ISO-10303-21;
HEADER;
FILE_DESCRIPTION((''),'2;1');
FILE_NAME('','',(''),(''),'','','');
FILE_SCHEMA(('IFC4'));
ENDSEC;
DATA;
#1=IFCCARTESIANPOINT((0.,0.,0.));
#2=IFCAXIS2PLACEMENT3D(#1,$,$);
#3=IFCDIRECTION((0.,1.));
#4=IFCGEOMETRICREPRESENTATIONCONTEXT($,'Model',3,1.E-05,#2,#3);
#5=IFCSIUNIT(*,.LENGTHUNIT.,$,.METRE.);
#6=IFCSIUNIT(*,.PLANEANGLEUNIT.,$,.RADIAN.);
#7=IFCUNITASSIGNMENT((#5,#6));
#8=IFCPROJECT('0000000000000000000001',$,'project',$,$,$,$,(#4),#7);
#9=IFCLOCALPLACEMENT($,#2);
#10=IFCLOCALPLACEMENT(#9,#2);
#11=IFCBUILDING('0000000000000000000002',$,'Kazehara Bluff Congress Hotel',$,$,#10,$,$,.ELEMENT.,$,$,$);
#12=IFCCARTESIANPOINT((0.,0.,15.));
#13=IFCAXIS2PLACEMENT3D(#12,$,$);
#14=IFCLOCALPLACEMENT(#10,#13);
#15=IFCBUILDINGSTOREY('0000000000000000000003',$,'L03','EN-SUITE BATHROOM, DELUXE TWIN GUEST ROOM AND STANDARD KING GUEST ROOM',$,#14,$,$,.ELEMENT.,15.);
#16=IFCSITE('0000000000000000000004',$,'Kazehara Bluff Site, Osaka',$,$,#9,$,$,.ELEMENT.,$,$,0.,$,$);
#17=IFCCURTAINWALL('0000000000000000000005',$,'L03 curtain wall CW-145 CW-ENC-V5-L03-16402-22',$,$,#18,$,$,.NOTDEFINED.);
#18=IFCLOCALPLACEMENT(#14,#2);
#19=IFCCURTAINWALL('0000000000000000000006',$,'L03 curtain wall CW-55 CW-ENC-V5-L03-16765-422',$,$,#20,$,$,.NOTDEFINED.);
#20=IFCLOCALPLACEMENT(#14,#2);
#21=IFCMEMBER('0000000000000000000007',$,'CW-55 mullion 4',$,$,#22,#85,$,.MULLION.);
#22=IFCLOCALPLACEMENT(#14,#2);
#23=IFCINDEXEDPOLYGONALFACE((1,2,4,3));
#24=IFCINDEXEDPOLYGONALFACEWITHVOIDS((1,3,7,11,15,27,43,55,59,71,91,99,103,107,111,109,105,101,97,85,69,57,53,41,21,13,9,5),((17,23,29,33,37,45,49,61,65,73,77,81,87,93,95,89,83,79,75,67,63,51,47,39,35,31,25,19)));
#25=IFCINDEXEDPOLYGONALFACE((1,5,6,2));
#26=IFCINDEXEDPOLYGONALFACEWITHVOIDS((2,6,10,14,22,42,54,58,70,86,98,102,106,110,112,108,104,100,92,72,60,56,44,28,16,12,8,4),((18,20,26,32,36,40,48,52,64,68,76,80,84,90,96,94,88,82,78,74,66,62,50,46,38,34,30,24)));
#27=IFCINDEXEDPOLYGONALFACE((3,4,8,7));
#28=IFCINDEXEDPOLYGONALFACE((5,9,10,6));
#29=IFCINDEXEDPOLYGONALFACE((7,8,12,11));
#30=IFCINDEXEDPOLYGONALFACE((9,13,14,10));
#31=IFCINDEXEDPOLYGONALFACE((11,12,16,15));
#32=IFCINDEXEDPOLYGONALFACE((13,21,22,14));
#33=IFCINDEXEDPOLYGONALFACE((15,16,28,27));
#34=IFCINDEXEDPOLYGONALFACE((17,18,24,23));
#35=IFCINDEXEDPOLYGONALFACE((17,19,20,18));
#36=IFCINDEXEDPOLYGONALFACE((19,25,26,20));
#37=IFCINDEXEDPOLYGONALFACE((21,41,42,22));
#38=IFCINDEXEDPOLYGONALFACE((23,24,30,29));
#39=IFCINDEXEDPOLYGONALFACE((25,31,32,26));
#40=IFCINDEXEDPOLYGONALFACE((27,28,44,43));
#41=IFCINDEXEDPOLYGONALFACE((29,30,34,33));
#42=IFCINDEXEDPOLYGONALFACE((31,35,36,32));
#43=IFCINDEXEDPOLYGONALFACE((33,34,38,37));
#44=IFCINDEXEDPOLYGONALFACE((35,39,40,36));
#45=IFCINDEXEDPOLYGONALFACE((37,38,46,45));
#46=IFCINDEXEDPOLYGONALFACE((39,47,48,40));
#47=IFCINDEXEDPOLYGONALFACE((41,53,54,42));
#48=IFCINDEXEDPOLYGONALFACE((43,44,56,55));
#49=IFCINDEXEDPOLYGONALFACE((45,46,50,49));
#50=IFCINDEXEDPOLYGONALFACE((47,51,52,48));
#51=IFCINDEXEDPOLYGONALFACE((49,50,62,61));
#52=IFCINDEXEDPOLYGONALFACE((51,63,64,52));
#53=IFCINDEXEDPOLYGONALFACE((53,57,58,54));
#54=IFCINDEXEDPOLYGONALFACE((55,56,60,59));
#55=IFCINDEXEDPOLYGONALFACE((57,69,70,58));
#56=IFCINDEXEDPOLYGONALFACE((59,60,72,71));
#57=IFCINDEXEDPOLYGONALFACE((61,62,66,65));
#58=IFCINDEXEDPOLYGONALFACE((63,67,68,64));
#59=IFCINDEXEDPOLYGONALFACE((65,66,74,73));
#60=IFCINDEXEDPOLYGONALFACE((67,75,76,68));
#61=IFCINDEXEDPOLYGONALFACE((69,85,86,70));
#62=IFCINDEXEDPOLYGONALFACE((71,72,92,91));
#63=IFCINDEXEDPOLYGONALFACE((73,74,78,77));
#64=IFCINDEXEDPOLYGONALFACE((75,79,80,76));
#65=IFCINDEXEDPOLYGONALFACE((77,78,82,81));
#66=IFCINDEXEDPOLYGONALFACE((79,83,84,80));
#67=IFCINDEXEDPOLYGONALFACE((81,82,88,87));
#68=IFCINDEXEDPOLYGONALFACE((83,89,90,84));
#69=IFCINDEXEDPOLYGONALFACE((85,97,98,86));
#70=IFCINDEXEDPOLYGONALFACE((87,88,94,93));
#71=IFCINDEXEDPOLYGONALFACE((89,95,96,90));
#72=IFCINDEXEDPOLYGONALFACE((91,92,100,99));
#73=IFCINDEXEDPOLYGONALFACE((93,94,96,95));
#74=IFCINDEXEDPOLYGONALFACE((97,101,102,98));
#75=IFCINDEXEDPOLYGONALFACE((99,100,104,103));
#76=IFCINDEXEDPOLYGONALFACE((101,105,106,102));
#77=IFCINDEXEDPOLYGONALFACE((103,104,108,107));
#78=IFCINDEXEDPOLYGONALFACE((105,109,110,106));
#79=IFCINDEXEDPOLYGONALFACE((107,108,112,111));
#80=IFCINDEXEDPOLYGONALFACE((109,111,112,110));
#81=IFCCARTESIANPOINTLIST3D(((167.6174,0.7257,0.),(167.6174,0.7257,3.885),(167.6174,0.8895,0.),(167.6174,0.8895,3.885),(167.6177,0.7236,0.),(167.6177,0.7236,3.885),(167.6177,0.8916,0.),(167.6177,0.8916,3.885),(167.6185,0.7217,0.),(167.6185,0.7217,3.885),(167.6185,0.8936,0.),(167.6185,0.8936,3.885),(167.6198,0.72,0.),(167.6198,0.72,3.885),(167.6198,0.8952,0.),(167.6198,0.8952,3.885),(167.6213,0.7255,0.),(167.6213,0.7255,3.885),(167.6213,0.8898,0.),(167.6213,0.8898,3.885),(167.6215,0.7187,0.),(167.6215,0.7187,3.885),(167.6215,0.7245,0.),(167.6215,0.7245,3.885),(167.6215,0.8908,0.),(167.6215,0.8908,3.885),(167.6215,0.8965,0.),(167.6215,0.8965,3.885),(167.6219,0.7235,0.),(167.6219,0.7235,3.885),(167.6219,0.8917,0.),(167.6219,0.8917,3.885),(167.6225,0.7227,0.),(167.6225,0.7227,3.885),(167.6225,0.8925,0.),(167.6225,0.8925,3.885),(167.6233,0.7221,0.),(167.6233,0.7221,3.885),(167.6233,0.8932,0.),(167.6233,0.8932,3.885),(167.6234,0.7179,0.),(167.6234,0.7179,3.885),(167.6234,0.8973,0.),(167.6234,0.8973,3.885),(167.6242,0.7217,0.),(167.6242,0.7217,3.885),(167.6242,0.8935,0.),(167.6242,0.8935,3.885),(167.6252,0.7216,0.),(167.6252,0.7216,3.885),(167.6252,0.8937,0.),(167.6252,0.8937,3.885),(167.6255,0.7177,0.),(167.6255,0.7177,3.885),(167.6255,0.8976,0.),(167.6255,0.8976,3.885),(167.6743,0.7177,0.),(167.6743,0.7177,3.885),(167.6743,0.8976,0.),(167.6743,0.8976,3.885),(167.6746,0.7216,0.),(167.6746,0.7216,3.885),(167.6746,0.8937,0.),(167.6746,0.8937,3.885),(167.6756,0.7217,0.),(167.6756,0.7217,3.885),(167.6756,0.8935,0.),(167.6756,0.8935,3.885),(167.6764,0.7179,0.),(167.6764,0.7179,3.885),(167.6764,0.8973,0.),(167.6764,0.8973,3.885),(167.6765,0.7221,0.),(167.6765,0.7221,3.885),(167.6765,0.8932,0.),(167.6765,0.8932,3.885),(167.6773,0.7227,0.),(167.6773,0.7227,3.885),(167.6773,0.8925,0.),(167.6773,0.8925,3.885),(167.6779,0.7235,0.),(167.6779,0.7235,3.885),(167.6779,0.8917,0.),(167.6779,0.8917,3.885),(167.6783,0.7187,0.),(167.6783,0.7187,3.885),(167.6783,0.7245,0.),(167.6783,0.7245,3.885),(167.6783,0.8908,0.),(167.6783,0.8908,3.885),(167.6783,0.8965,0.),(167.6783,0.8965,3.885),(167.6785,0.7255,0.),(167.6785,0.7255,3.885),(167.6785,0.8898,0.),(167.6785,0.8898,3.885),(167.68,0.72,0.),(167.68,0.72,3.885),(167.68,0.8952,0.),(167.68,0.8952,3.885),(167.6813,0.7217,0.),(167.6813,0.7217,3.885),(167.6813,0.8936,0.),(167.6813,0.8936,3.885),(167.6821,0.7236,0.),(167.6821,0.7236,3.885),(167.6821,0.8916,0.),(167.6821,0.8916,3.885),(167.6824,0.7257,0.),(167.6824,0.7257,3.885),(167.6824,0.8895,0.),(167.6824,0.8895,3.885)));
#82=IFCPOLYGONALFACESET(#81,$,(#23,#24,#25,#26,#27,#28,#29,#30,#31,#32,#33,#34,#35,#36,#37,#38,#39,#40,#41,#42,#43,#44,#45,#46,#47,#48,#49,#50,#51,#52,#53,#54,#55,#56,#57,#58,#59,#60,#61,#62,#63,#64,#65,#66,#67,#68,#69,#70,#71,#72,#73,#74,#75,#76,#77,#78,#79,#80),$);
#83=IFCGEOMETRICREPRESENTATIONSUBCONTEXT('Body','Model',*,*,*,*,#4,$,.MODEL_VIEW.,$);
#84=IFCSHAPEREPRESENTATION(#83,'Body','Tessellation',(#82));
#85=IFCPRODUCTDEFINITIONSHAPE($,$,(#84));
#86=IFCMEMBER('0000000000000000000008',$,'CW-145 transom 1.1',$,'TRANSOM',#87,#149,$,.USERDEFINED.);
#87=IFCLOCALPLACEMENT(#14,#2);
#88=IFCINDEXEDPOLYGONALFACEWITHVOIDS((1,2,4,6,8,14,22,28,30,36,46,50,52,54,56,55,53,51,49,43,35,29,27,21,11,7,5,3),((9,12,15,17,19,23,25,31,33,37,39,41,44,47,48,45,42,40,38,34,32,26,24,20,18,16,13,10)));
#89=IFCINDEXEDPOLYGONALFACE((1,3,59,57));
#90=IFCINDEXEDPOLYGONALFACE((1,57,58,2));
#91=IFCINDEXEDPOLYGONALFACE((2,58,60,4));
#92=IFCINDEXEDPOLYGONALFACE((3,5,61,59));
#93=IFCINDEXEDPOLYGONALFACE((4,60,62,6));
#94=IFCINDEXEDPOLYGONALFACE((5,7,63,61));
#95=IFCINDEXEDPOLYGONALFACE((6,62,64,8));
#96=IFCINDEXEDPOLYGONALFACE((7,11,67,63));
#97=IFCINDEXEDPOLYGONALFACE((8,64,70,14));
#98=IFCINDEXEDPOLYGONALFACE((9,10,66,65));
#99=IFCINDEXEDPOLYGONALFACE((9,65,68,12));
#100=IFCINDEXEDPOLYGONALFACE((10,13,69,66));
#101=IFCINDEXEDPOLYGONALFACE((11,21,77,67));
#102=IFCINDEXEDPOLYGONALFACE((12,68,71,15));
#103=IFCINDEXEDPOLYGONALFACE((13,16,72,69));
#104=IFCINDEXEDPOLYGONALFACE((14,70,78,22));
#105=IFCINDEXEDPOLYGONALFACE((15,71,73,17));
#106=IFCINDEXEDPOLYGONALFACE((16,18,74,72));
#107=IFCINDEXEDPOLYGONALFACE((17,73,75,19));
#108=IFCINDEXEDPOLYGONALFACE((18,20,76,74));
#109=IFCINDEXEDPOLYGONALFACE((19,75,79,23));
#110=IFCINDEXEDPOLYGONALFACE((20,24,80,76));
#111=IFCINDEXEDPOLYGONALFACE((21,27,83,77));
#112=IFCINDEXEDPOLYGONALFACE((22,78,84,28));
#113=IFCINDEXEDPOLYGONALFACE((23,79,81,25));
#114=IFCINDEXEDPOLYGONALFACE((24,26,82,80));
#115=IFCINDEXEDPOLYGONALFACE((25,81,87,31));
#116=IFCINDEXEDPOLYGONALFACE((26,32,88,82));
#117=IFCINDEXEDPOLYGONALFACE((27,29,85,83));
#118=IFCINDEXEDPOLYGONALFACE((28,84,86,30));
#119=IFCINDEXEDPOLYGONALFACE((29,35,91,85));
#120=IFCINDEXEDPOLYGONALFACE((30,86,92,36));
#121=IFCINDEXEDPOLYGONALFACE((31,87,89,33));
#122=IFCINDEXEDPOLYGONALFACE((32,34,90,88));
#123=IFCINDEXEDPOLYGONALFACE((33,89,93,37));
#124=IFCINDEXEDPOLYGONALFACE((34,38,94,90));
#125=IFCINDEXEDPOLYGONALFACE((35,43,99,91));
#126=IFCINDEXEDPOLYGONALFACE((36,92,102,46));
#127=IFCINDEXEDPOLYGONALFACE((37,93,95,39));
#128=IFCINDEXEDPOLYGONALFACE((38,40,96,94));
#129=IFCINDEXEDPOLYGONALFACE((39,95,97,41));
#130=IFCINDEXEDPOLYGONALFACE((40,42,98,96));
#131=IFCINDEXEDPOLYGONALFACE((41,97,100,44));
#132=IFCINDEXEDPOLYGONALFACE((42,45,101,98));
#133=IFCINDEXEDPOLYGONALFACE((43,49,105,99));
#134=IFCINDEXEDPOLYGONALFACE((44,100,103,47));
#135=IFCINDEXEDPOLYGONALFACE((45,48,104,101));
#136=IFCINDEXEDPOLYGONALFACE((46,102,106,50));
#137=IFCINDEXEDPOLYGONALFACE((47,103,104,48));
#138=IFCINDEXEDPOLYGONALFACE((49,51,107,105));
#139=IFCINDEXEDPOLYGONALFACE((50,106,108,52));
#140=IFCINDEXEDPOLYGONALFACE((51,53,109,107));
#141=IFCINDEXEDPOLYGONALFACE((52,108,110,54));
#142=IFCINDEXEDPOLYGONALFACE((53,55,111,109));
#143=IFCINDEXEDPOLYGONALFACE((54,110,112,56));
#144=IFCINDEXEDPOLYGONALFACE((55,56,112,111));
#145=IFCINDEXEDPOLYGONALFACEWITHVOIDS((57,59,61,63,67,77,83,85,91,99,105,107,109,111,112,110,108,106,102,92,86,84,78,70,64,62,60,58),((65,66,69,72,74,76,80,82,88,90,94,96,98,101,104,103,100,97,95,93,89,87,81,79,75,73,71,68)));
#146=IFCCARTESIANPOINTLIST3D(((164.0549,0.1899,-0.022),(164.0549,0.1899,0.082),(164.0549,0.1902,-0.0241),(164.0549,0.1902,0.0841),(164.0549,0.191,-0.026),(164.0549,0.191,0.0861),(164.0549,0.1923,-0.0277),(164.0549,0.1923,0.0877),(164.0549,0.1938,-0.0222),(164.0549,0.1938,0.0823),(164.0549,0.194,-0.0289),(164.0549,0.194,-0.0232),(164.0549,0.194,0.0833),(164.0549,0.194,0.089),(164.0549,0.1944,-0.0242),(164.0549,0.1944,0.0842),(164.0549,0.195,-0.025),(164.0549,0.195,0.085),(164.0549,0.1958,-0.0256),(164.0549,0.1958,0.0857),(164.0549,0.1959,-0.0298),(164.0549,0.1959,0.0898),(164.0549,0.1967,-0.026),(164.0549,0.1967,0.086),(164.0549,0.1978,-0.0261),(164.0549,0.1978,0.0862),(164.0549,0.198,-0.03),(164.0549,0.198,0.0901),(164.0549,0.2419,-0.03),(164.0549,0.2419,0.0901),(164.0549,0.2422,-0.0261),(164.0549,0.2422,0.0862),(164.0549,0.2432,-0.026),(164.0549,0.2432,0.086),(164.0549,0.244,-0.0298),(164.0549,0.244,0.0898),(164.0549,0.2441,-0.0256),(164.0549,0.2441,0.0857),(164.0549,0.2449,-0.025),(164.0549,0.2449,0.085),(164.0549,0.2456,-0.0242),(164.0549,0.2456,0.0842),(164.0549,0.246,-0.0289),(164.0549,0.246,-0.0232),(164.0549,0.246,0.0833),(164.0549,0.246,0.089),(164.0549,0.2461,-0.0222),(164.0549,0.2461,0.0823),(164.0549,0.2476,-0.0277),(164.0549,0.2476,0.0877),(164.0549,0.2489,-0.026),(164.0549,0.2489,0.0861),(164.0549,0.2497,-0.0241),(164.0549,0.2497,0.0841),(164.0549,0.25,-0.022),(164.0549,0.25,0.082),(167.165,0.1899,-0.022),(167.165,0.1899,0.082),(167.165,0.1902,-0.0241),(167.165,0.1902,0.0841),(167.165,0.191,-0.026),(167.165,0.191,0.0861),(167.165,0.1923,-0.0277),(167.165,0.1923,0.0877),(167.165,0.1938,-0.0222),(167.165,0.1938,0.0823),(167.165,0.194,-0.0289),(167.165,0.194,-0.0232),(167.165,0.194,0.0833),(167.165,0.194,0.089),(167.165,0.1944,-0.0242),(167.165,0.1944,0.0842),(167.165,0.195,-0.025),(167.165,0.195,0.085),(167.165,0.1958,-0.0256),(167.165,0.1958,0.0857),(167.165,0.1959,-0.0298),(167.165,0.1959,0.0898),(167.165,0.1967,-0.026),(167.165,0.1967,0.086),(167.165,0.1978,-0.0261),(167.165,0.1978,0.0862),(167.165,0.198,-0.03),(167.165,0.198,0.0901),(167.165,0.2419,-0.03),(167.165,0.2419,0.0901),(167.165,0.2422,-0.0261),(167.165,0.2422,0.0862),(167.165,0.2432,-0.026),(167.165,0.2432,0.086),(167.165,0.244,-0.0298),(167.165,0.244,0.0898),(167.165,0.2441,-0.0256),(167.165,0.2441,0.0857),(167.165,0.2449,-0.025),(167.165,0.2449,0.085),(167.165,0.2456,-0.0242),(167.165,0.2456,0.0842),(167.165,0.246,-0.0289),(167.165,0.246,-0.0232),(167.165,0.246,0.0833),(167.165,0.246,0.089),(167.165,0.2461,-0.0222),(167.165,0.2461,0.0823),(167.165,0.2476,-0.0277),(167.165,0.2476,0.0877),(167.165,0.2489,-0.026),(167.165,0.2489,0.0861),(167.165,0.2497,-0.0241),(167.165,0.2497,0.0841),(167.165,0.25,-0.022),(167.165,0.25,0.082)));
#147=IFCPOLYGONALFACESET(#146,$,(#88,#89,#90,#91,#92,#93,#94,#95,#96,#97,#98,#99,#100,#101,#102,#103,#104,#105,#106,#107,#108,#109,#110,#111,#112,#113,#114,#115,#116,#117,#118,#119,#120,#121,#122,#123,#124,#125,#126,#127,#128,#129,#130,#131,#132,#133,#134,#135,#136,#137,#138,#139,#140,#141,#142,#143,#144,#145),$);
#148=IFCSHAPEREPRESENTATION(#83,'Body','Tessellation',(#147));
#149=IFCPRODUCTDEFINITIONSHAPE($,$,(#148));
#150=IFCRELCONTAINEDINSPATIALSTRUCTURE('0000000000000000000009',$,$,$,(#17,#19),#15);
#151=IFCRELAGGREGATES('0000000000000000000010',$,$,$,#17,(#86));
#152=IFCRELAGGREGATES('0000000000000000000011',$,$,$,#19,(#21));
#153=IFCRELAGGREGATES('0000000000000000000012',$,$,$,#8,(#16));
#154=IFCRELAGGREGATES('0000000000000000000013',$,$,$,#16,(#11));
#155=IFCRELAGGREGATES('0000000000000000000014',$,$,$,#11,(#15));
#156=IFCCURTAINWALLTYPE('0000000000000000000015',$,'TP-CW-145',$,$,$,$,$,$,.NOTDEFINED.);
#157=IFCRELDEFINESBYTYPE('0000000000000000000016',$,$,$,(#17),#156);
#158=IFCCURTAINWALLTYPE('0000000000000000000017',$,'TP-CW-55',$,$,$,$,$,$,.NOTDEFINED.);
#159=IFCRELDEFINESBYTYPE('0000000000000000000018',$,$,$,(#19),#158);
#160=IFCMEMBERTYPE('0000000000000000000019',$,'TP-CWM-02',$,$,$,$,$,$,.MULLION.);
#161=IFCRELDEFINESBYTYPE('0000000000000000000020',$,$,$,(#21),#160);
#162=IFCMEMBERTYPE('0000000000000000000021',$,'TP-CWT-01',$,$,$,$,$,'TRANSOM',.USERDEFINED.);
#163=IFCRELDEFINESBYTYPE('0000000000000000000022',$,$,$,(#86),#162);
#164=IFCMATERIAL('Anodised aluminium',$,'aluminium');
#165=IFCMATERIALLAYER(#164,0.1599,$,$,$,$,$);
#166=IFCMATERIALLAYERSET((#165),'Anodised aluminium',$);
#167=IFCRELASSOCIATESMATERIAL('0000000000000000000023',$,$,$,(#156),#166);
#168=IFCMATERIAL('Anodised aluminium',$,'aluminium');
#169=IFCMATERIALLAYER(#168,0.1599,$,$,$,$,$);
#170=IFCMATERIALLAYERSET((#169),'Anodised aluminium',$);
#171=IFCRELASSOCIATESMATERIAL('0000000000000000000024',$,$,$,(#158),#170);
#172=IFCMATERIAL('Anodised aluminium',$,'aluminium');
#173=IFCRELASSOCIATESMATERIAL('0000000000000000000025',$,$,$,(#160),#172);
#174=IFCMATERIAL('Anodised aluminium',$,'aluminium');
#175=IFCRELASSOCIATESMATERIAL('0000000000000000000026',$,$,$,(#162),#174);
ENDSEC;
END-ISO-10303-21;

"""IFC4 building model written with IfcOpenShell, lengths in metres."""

from ifc_helpers import new_model, si_unit, direction, frame, origin, origin_2d, place, context, subcontext, project, spatial, hollow_rectangle, extrude, material, layer, layer_set, material_profile, profile_set, type_object, element, aggregate, save


model = new_model("IFC4")

# Units and contexts
model_context = context("Model", 3, precision=1e-05, world=origin(), true_north=direction((0.0, 1.0)))
body_context = subcontext(model_context, "Body", "Model", "MODEL_VIEW")
ifc_project = project(units=[si_unit("LENGTHUNIT", "METRE"), si_unit("PLANEANGLEUNIT", "RADIAN")], contexts=[model_context])

# Site, building, storey
site_placement = place(None, origin())
site = spatial("IfcSite", under=ifc_project, at=site_placement, Name="Kazehara Bluff Site, Osaka", CompositionType="ELEMENT", RefElevation=0.0)
building_placement = place(site_placement, origin())
building = spatial("IfcBuilding", under=site, at=building_placement, Name="Kazehara Bluff Congress Hotel", CompositionType="ELEMENT")
storey_placement = place(building_placement, frame((0.0, 0.0, 15.0)))
storey = spatial("IfcBuildingStorey", under=building, at=storey_placement, Name="L03", Description="EN-SUITE BATHROOM, DELUXE TWIN GUEST ROOM AND STANDARD KING GUEST ROOM", CompositionType="ELEMENT", Elevation=15.0)

# Curtain wall
ifc_material_1 = material(Name="Anodised aluminium", Category="aluminium")
ifc_layer_1 = layer(ifc_material_1, 0.1599)
ifc_layer_set_1 = layer_set([ifc_layer_1], Name="Anodised aluminium")
curtain_wall_type_1 = type_object("IfcCurtainWallType", Name="TP-CW-145", PredefinedType="NOTDEFINED", material=ifc_layer_set_1)
curtain_wall_1_placement = place(storey_placement, origin())
curtain_wall_1 = element("IfcCurtainWall", 1, at=curtain_wall_1_placement, inside=storey, type_object=curtain_wall_type_1, Name="L03 curtain wall CW-145 CW-ENC-V5-L03-16402-22", PredefinedType="NOTDEFINED")

# Curtain wall, member
ifc_material_2 = material(Name="Anodised aluminium", Category="aluminium")
ifc_layer_2 = layer(ifc_material_2, 0.1599)
ifc_layer_set_2 = layer_set([ifc_layer_2], Name="Anodised aluminium")
curtain_wall_type_2 = type_object("IfcCurtainWallType", Name="TP-CW-55", PredefinedType="NOTDEFINED", material=ifc_layer_set_2)
curtain_wall_2_placement = place(storey_placement, origin())
curtain_wall_2 = element("IfcCurtainWall", 2, at=curtain_wall_2_placement, inside=storey, type_object=curtain_wall_type_2, Name="L03 curtain wall CW-55 CW-ENC-V5-L03-16765-422", PredefinedType="NOTDEFINED")
ifc_material_3 = material(Name="Anodised aluminium", Category="aluminium")
ifc_material_profile_1 = material_profile(ifc_material_3, hollow_rectangle(XDim=0.0649, YDim=0.1799, WallThickness=0.0039, InnerFilletRadius=0.0039, OuterFilletRadius=0.0081, at=origin_2d()))
ifc_profile_set_1 = profile_set([ifc_material_profile_1], Name="Anodised aluminium")
member_type_1 = type_object("IfcMemberType", Name="TP-CWM-02", PredefinedType="MULLION", material=ifc_profile_set_1)
member_1_placement = place(storey_placement, frame((167.6499, 0.8076, 0.0), z_axis=(0.0, 0.0, 1.0), x_axis=(1.0, 0.0, 0.0)))
member_1 = element("IfcMember", 3, at=member_1_placement, type_object=member_type_1, Name="CW-55 mullion 4", PredefinedType="MULLION", context=body_context, shape_type="SweptSolid", body=[
    extrude(hollow_rectangle(XDim=0.0649, YDim=0.1799, WallThickness=0.0039, InnerFilletRadius=0.0039, OuterFilletRadius=0.0081, at=origin_2d()), origin(), (0.0, 0.0, 1.0), 3.885),
])

# Member
ifc_material_4 = material(Name="Anodised aluminium", Category="aluminium")
ifc_material_profile_2 = material_profile(ifc_material_4, hollow_rectangle(XDim=0.0601, YDim=0.1201, WallThickness=0.0039, InnerFilletRadius=0.0039, OuterFilletRadius=0.0081, at=origin_2d()))
ifc_profile_set_2 = profile_set([ifc_material_profile_2], Name="Anodised aluminium")
member_type_2 = type_object("IfcMemberType", Name="TP-CWT-01", ElementType="TRANSOM", PredefinedType="USERDEFINED", material=ifc_profile_set_2)
member_2_placement = place(storey_placement, frame((167.165, 0.22, 0.03), z_axis=(-1.0, 0.0, 0.0), x_axis=(0.0, -1.0, 0.0)))
member_2 = element("IfcMember", 4, at=member_2_placement, type_object=member_type_2, Name="CW-145 transom 1.1", ObjectType="TRANSOM", PredefinedType="USERDEFINED", context=body_context, shape_type="SweptSolid", body=[
    extrude(hollow_rectangle(XDim=0.0601, YDim=0.1201, WallThickness=0.0039, InnerFilletRadius=0.0039, OuterFilletRadius=0.0081, at=origin_2d()), origin(), (0.0, 0.0, 1.0), 3.1101),
])
aggregate(curtain_wall_1, [member_2])

aggregate(curtain_wall_2, [member_1])

save(model, "model.ifc")
